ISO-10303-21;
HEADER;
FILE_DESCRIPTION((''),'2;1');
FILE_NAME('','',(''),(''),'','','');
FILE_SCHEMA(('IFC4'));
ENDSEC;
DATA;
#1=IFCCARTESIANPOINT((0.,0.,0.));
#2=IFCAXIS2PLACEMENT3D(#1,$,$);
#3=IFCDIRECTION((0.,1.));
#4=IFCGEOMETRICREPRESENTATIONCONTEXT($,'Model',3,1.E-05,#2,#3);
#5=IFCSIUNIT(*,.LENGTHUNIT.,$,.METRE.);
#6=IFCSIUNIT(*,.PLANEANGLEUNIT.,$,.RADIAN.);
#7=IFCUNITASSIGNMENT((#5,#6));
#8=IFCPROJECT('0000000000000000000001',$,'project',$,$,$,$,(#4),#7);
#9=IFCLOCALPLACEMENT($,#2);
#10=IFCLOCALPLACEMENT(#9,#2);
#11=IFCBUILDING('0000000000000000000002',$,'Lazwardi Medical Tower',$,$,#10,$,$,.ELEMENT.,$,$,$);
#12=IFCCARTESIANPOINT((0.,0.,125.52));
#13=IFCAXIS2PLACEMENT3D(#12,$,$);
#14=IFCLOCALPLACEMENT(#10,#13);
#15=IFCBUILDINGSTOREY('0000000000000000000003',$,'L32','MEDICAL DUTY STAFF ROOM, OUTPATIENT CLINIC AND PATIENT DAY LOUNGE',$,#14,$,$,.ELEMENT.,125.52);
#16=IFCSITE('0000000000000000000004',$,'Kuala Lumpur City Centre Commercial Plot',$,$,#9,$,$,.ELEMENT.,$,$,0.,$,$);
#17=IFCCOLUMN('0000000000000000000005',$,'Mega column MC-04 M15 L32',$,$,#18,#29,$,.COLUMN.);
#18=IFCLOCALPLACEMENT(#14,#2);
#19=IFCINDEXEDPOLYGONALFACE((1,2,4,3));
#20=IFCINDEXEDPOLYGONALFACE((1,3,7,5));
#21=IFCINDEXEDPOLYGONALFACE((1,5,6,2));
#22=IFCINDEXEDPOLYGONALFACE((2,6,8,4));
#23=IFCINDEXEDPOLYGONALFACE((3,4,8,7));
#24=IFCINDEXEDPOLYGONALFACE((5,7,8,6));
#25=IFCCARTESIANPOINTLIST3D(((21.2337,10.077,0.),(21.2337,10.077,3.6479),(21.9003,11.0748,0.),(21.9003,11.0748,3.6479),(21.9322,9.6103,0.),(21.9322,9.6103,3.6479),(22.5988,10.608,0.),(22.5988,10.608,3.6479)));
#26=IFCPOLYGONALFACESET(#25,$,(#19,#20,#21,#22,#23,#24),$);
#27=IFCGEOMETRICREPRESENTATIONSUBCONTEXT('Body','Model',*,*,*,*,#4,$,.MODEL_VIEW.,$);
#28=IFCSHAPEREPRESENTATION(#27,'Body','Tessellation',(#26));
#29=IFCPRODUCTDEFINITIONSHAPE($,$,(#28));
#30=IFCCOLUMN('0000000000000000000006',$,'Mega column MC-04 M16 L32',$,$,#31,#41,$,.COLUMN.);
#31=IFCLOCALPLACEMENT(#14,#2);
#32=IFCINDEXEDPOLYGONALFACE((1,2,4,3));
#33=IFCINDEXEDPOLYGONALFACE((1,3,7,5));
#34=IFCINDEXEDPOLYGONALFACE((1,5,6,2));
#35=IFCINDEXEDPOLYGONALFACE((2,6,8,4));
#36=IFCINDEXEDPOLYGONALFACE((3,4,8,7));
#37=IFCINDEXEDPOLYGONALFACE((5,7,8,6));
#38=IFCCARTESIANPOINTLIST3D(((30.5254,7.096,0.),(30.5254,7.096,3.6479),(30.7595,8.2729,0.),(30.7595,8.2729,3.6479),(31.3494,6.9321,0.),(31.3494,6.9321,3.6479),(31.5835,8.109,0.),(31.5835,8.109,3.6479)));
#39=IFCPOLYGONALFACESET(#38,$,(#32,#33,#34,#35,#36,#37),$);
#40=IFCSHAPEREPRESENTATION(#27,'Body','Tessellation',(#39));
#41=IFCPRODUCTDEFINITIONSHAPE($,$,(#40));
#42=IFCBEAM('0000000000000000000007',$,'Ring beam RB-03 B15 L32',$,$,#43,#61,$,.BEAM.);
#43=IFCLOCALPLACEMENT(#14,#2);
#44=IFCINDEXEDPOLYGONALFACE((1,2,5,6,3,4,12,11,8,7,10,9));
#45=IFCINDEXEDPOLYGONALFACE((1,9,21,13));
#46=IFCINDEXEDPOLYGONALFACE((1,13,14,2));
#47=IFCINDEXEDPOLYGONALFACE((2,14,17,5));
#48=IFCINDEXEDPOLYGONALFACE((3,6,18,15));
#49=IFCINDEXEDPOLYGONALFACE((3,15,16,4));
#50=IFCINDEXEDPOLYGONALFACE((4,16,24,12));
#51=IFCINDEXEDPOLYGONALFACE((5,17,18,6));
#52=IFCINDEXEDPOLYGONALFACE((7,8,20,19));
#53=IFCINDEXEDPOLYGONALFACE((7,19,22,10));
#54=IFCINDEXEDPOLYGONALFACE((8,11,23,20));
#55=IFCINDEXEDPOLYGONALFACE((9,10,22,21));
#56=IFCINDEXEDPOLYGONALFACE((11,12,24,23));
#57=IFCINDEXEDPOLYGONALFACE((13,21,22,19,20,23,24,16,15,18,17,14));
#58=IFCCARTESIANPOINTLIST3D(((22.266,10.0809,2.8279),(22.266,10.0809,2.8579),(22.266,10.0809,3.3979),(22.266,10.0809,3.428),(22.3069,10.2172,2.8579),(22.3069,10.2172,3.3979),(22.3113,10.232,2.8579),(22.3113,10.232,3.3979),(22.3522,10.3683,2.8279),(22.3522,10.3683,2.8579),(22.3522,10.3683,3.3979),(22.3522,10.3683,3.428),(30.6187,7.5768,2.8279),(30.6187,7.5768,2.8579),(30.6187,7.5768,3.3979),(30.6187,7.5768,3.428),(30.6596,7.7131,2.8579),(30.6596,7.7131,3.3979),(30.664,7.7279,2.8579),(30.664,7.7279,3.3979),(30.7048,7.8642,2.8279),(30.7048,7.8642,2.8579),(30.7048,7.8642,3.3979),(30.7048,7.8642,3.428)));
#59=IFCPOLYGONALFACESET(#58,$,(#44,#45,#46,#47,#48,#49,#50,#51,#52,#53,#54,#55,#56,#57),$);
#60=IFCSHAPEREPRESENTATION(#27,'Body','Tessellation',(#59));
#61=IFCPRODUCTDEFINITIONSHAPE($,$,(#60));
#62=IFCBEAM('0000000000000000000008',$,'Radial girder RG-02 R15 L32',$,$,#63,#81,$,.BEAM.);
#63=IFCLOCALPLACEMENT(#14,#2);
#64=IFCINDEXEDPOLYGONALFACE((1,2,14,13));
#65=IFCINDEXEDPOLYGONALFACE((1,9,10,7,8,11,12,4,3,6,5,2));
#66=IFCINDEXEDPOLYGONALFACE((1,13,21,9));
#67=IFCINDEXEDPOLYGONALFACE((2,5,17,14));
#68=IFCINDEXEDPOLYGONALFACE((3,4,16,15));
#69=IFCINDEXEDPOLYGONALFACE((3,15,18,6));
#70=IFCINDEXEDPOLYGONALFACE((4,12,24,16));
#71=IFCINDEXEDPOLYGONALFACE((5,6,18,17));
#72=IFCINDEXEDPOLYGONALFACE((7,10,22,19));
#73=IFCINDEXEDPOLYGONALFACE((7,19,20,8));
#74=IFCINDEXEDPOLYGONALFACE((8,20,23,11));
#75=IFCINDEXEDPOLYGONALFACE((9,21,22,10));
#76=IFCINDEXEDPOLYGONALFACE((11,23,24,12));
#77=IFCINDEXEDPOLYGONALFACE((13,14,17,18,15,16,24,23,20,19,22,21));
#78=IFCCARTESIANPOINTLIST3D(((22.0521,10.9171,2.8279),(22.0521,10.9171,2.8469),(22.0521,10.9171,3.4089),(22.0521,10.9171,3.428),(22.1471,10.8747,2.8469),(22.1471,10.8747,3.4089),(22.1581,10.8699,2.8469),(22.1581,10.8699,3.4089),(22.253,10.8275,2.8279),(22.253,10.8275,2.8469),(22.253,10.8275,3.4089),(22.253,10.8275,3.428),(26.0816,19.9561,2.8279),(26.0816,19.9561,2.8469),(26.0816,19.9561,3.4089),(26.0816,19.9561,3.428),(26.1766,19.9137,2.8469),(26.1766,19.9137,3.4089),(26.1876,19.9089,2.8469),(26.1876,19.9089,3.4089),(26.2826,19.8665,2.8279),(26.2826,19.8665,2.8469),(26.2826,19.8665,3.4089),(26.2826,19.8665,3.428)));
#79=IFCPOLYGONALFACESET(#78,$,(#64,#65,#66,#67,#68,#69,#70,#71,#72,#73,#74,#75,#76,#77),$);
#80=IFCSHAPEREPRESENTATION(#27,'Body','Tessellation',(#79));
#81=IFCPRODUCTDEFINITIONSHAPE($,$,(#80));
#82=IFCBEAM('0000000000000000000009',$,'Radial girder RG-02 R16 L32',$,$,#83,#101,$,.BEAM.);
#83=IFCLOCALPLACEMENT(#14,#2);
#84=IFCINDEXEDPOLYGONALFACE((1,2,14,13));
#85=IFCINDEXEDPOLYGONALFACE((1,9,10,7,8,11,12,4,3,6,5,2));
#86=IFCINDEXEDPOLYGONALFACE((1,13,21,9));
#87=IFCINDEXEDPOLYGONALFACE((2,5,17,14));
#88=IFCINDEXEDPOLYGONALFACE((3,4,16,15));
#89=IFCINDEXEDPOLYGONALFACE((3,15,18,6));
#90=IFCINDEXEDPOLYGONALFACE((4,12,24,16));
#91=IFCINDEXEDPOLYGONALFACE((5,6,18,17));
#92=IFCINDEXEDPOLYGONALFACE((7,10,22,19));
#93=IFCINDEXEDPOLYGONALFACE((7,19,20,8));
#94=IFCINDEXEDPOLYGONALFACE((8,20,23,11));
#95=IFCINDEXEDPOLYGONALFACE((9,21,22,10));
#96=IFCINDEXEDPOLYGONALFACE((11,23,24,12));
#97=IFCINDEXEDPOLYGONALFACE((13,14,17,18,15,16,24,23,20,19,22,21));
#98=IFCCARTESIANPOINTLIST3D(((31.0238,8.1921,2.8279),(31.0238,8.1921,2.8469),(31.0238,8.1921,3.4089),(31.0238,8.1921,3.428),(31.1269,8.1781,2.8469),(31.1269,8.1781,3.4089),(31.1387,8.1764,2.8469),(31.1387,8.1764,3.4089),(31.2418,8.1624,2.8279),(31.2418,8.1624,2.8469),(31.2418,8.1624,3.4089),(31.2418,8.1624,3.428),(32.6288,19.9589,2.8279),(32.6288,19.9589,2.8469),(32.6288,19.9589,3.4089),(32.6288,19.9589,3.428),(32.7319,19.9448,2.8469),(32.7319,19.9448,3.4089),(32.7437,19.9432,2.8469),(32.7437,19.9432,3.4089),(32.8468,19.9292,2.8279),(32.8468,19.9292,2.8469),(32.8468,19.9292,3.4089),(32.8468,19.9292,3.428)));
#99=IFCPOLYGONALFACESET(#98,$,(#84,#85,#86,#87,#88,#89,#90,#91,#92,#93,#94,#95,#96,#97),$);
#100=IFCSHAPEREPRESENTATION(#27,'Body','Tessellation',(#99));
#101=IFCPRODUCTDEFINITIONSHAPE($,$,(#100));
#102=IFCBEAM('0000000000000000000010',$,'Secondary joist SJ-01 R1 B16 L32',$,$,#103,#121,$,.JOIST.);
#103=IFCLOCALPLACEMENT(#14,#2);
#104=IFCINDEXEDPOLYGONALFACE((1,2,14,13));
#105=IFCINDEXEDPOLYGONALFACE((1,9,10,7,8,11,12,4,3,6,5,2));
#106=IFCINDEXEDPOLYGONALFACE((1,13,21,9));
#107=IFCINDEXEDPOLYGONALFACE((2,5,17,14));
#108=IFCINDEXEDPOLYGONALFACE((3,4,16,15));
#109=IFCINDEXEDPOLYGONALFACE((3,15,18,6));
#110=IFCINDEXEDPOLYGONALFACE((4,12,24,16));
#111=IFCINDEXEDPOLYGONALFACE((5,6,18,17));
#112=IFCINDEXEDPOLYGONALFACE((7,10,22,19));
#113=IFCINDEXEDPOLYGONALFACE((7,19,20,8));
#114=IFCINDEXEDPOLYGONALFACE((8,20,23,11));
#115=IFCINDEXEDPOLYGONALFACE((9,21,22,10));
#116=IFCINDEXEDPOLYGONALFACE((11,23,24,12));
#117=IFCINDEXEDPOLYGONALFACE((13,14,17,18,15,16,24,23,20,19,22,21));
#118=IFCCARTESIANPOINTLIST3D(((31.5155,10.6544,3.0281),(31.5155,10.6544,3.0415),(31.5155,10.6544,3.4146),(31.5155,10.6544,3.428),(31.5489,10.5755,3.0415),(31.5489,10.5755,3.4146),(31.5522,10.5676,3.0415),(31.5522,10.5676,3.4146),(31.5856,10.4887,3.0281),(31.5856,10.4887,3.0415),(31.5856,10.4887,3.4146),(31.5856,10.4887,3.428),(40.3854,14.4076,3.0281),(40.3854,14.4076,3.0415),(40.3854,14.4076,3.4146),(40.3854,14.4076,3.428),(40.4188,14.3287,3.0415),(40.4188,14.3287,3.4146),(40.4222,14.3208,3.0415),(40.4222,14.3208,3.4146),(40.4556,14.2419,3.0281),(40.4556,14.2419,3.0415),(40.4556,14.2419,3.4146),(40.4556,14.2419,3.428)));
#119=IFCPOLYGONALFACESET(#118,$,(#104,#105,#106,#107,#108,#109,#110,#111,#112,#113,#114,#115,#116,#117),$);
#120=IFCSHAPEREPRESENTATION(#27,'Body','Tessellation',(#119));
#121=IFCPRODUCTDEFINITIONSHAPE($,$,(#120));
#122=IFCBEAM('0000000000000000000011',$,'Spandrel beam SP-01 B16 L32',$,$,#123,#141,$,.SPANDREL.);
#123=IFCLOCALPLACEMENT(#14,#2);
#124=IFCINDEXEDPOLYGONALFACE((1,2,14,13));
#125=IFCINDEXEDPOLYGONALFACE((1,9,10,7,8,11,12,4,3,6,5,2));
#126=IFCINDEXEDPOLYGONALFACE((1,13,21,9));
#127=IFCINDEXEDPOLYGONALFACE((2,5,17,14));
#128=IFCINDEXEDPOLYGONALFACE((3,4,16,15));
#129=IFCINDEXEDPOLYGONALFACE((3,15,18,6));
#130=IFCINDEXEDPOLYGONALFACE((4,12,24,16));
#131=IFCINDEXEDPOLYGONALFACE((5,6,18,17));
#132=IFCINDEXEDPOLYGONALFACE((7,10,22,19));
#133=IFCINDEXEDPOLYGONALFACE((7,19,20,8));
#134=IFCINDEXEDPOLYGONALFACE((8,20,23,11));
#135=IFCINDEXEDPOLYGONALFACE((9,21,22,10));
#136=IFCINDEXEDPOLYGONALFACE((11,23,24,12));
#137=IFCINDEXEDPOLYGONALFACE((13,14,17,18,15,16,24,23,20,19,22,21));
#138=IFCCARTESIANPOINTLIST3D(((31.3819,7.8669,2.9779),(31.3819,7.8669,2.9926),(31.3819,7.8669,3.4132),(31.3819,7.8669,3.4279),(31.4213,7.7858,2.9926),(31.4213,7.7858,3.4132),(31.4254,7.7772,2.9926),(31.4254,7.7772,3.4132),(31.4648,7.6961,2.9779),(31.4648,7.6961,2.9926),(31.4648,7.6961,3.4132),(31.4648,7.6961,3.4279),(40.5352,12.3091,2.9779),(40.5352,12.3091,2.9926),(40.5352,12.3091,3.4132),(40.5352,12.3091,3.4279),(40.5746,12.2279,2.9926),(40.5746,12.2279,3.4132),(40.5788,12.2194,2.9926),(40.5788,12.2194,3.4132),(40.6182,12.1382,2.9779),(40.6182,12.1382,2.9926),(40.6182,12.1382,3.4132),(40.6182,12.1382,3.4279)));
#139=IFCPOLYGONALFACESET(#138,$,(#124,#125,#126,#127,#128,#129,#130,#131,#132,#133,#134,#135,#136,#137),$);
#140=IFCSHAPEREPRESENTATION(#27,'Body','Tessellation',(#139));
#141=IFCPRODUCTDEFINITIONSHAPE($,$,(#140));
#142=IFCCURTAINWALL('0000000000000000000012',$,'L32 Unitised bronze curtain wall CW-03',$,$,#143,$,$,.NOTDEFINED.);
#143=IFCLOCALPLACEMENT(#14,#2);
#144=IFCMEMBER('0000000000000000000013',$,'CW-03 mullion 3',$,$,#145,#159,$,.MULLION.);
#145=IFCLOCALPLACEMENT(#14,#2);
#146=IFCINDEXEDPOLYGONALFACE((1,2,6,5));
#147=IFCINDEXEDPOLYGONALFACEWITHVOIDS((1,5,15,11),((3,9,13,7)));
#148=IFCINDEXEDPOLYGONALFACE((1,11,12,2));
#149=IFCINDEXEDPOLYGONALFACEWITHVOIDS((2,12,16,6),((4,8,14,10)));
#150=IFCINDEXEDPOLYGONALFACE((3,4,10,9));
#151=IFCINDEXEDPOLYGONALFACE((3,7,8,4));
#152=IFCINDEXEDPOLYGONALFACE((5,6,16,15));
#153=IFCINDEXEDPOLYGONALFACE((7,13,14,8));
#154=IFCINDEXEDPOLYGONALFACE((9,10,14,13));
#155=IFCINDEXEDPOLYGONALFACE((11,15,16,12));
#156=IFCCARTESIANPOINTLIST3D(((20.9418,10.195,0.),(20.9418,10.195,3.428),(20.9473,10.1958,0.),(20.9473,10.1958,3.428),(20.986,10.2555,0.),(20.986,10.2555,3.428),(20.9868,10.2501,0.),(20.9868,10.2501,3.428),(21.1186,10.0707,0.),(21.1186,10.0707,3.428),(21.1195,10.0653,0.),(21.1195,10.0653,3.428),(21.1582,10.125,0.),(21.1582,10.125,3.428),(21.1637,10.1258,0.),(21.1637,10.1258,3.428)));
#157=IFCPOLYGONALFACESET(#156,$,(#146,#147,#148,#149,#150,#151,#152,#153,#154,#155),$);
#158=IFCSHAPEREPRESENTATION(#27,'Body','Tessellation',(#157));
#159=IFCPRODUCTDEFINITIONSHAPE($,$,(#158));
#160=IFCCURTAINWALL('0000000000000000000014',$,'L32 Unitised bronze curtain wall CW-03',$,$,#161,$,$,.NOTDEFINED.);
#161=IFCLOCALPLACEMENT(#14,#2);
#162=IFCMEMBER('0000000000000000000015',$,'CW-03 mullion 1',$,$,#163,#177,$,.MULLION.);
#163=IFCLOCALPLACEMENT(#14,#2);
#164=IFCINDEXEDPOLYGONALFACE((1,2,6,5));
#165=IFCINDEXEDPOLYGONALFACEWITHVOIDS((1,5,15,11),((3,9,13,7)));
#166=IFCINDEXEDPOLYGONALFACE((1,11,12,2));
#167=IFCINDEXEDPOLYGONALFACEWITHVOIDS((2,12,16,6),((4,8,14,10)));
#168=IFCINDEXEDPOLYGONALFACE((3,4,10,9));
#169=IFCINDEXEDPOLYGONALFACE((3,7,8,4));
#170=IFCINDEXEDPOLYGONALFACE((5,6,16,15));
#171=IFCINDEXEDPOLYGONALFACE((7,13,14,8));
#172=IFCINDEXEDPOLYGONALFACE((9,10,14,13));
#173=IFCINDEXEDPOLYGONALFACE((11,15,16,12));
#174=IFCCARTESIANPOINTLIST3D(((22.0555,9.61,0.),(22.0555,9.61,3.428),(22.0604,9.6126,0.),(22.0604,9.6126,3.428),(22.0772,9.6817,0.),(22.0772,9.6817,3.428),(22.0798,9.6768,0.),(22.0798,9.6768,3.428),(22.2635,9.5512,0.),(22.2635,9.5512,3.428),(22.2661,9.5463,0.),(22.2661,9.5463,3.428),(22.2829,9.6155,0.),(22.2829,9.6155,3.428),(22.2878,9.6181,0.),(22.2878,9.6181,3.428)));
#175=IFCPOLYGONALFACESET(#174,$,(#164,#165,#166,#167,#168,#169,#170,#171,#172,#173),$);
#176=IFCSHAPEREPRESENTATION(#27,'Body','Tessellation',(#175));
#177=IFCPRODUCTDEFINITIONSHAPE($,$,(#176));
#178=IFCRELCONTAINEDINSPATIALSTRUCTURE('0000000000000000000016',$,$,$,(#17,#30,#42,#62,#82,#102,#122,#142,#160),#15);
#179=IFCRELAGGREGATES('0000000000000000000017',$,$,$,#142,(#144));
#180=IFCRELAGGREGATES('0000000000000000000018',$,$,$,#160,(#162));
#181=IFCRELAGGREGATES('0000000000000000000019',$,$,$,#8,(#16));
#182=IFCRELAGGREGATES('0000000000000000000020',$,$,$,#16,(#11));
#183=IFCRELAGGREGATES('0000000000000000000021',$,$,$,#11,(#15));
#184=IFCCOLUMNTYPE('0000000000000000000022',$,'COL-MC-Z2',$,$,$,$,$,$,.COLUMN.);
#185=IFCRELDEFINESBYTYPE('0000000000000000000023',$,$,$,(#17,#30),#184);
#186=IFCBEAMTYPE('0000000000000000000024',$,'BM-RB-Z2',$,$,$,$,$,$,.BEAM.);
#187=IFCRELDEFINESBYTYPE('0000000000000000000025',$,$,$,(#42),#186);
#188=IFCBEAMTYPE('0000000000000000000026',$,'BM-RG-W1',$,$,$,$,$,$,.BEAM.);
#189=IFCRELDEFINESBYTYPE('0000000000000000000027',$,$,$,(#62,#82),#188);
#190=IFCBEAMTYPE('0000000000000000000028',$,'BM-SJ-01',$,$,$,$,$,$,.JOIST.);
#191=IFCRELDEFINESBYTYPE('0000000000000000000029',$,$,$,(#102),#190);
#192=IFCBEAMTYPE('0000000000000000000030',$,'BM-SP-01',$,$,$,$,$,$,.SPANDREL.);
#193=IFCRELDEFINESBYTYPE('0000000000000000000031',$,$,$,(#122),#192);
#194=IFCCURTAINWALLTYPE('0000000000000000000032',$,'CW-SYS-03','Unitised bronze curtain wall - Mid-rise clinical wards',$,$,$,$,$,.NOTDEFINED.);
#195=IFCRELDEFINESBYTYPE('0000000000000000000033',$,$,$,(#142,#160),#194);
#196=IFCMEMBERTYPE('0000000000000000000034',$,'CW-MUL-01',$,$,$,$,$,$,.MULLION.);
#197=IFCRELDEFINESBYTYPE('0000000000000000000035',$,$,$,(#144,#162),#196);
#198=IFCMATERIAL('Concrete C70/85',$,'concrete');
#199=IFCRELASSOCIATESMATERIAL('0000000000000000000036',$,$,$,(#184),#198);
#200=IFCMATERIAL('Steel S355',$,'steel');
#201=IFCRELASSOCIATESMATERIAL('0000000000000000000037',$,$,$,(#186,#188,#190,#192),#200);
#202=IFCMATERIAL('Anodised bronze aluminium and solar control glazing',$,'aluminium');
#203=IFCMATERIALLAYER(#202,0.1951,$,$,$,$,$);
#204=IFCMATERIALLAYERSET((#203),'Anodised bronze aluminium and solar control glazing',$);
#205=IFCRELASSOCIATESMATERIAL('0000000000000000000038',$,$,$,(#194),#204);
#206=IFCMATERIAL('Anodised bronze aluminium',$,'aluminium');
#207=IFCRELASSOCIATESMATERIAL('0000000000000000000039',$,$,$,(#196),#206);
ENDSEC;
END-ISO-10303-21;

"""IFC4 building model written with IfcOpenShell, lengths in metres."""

from ifc_helpers import new_model, si_unit, direction, frame, origin, origin_2d, place, context, subcontext, project, spatial, rectangle, hollow_rectangle, i_section, extrude, material, layer, layer_set, material_profile, profile_set, type_object, element, aggregate, save


model = new_model("IFC4")

# Units and contexts
model_context = context("Model", 3, precision=1e-05, world=origin(), true_north=direction((0.0, 1.0)))
body_context = subcontext(model_context, "Body", "Model", "MODEL_VIEW")
ifc_project = project(units=[si_unit("LENGTHUNIT", "METRE"), si_unit("PLANEANGLEUNIT", "RADIAN")], contexts=[model_context])

# Site, building, storey
site_placement = place(None, origin())
site = spatial("IfcSite", under=ifc_project, at=site_placement, Name="Kuala Lumpur City Centre Commercial Plot", CompositionType="ELEMENT", RefElevation=0.0)
building_placement = place(site_placement, origin())
building = spatial("IfcBuilding", under=site, at=building_placement, Name="Lazwardi Medical Tower", CompositionType="ELEMENT")
storey_placement = place(building_placement, frame((0.0, 0.0, 125.52)))
storey = spatial("IfcBuildingStorey", under=building, at=storey_placement, Name="L32", Description="MEDICAL DUTY STAFF ROOM, OUTPATIENT CLINIC AND PATIENT DAY LOUNGE", CompositionType="ELEMENT", Elevation=125.52)

# Columns
ifc_material_1 = material(Name="Concrete C70/85", Category="concrete")
ifc_material_profile_1 = material_profile(ifc_material_1, rectangle(XDim=1.2, YDim=0.8401, at=origin_2d()), Name="CFT-RECT 1200x840")
ifc_profile_set_1 = profile_set([ifc_material_profile_1], Name="Concrete C70/85")
column_type = type_object("IfcColumnType", Name="COL-MC-Z2", PredefinedType="COLUMN", material=ifc_profile_set_1)
for number, where, z_axis, x_axis, name in (
    (1, (21.9163, 10.3425, 0.0), (0.0, 0.0, 1.0), (-0.55557, -0.83147, 0.0), "Mega column MC-04 M15 L32"),
    (2, (31.0544, 7.6025, 0.0), (0.0, 0.0, 1.0), (-0.19509, -0.980785, 0.0), "Mega column MC-04 M16 L32"),
):
    element("IfcColumn", number, at=place(storey_placement, frame(where, z_axis=z_axis, x_axis=x_axis)), inside=storey, type_object=column_type, Name=name, PredefinedType="COLUMN", context=body_context, shape_type="SweptSolid", body=[
        extrude(rectangle(XDim=1.2, YDim=0.8401, at=origin_2d()), origin(), (0.0, 0.0, 1.0), 3.6479),
    ])

# Beams
ifc_material_2 = material(Name="Steel S355", Category="steel")
ifc_material_profile_2 = material_profile(ifc_material_2, i_section(OverallWidth=0.3, OverallDepth=0.6001, WebThickness=0.0154, FlangeThickness=0.03, at=origin_2d()), Name="HEB 600")
ifc_profile_set_2 = profile_set([ifc_material_profile_2], Name="Steel S355")
beam_type_1 = type_object("IfcBeamType", Name="BM-RB-Z2", PredefinedType="BEAM", material=ifc_profile_set_2)
beam_1_placement = place(storey_placement, frame((22.3091, 10.2246, 3.1279), z_axis=(0.957879, -0.287171, 0.0), x_axis=(0.287171, 0.957879, 0.0)))
element("IfcBeam", 3, at=beam_1_placement, inside=storey, type_object=beam_type_1, Name="Ring beam RB-03 B15 L32", PredefinedType="BEAM", context=body_context, shape_type="SweptSolid", body=[
    extrude(i_section(OverallWidth=0.3, OverallDepth=0.6001, WebThickness=0.0154, FlangeThickness=0.03, at=origin_2d()), origin(), (0.0, 0.0, 1.0), 8.72),
])
ifc_material_profile_3 = material_profile(ifc_material_2, i_section(OverallWidth=0.22, OverallDepth=0.6001, WebThickness=0.012, FlangeThickness=0.019, at=origin_2d()), Name="IPE 600")
ifc_profile_set_3 = profile_set([ifc_material_profile_3], Name="Steel S355")
beam_type_2 = type_object("IfcBeamType", Name="BM-RG-W1", PredefinedType="BEAM", material=ifc_profile_set_3)
beam_2_placement = place(storey_placement, frame((22.1526, 10.8723, 3.1279), z_axis=(0.407166, 0.913354, 0.0), x_axis=(-0.913354, 0.407166, 0.0)))
element("IfcBeam", 4, at=beam_2_placement, inside=storey, type_object=beam_type_2, Name="Radial girder RG-02 R15 L32", PredefinedType="BEAM", context=body_context, shape_type="SweptSolid", body=[
    extrude(i_section(OverallWidth=0.22, OverallDepth=0.6001, WebThickness=0.012, FlangeThickness=0.019, at=origin_2d()), origin(), (0.0, 0.0, 1.0), 9.8965),
])
beam_3_placement = place(storey_placement, frame((31.1328, 8.1772, 3.1279), z_axis=(0.135147, 0.990826, 0.0), x_axis=(-0.990826, 0.135147, 0.0)))
element("IfcBeam", 5, at=beam_3_placement, inside=storey, type_object=beam_type_2, Name="Radial girder RG-02 R16 L32", PredefinedType="BEAM", context=body_context, shape_type="SweptSolid", body=[
    extrude(i_section(OverallWidth=0.22, OverallDepth=0.6001, WebThickness=0.012, FlangeThickness=0.019, at=origin_2d()), origin(), (0.0, 0.0, 1.0), 11.8757),
])
ifc_material_profile_4 = material_profile(ifc_material_2, i_section(OverallWidth=0.1799, OverallDepth=0.3999, WebThickness=0.0085, FlangeThickness=0.0134, at=origin_2d()), Name="IPE 400")
ifc_profile_set_4 = profile_set([ifc_material_profile_4], Name="Steel S355")
beam_type_3 = type_object("IfcBeamType", Name="BM-SJ-01", PredefinedType="JOIST", material=ifc_profile_set_4)
beam_4_placement = place(storey_placement, frame((31.5505, 10.5715, 3.228), z_axis=(0.920947, 0.389687, 0.0), x_axis=(-0.389687, 0.920947, 0.0)))
element("IfcBeam", 6, at=beam_4_placement, inside=storey, type_object=beam_type_3, Name="Secondary joist SJ-01 R1 B16 L32", PredefinedType="JOIST", context=body_context, shape_type="SweptSolid", body=[
    extrude(i_section(OverallWidth=0.1799, OverallDepth=0.3999, WebThickness=0.0085, FlangeThickness=0.0134, at=origin_2d()), origin(), (0.0, 0.0, 1.0), 9.6313),
])
ifc_material_profile_5 = material_profile(ifc_material_2, i_section(OverallWidth=0.1899, OverallDepth=0.45, WebThickness=0.0095, FlangeThickness=0.0146, at=origin_2d()), Name="IPE 450")
ifc_profile_set_5 = profile_set([ifc_material_profile_5], Name="Steel S355")
beam_type_4 = type_object("IfcBeamType", Name="BM-SP-01", PredefinedType="SPANDREL", material=ifc_profile_set_5)
beam_5_placement = place(storey_placement, frame((31.4233, 7.7815, 3.2029), z_axis=(0.899653, 0.436605, 0.0), x_axis=(-0.436605, 0.899653, 0.0)))
element("IfcBeam", 7, at=beam_5_placement, inside=storey, type_object=beam_type_4, Name="Spandrel beam SP-01 B16 L32", PredefinedType="SPANDREL", context=body_context, shape_type="SweptSolid", body=[
    extrude(i_section(OverallWidth=0.1899, OverallDepth=0.45, WebThickness=0.0095, FlangeThickness=0.0146, at=origin_2d()), origin(), (0.0, 0.0, 1.0), 10.1743),
])

# Curtain wall, member
ifc_material_3 = material(Name="Anodised bronze aluminium and solar control glazing", Category="aluminium")
ifc_layer_1 = layer(ifc_material_3, 0.1951)
ifc_layer_set_1 = layer_set([ifc_layer_1], Name="Anodised bronze aluminium and solar control glazing")
curtain_wall_type = type_object("IfcCurtainWallType", Name="CW-SYS-03", Description="Unitised bronze curtain wall - Mid-rise clinical wards", PredefinedType="NOTDEFINED", material=ifc_layer_set_1)
curtain_wall_1_placement = place(storey_placement, origin())
curtain_wall_1 = element("IfcCurtainWall", 8, at=curtain_wall_1_placement, inside=storey, type_object=curtain_wall_type, Name="L32 Unitised bronze curtain wall CW-03", PredefinedType="NOTDEFINED")
ifc_material_4 = material(Name="Anodised bronze aluminium", Category="aluminium")
ifc_material_profile_6 = material_profile(ifc_material_4, hollow_rectangle(XDim=0.075, YDim=0.22, WallThickness=0.0039, at=origin_2d()), Name="ALU-MULLION 220x75x4")
ifc_profile_set_6 = profile_set([ifc_material_profile_6], Name="Anodised bronze aluminium")
member_type_1 = type_object("IfcMemberType", Name="CW-MUL-01", PredefinedType="MULLION", material=ifc_profile_set_6)
member_1_placement = place(storey_placement, frame((21.0527, 10.1604, 0.0), z_axis=(0.0, 0.0, 1.0), x_axis=(0.589531, 0.807746, 0.0)))
member_1 = element("IfcMember", 9, at=member_1_placement, type_object=member_type_1, Name="CW-03 mullion 3", PredefinedType="MULLION", context=body_context, shape_type="SweptSolid", body=[
    extrude(hollow_rectangle(XDim=0.075, YDim=0.22, WallThickness=0.0039, at=origin_2d()), origin(), (0.0, 0.0, 1.0), 3.428),
])
aggregate(curtain_wall_1, [member_1])

# Curtain wall, member
curtain_wall_2_placement = place(storey_placement, origin())
curtain_wall_2 = element("IfcCurtainWall", 10, at=curtain_wall_2_placement, inside=storey, type_object=curtain_wall_type, Name="L32 Unitised bronze curtain wall CW-03", PredefinedType="NOTDEFINED")
member_2_placement = place(storey_placement, frame((22.1716, 9.614, 0.0), z_axis=(0.0, 0.0, 1.0), x_axis=(0.289374, 0.957216, 0.0)))
member_2 = element("IfcMember", 11, at=member_2_placement, type_object=member_type_1, Name="CW-03 mullion 1", PredefinedType="MULLION", context=body_context, shape_type="SweptSolid", body=[
    extrude(hollow_rectangle(XDim=0.075, YDim=0.22, WallThickness=0.0039, at=origin_2d()), origin(), (0.0, 0.0, 1.0), 3.428),
])
aggregate(curtain_wall_2, [member_2])

save(model, "model.ifc")
